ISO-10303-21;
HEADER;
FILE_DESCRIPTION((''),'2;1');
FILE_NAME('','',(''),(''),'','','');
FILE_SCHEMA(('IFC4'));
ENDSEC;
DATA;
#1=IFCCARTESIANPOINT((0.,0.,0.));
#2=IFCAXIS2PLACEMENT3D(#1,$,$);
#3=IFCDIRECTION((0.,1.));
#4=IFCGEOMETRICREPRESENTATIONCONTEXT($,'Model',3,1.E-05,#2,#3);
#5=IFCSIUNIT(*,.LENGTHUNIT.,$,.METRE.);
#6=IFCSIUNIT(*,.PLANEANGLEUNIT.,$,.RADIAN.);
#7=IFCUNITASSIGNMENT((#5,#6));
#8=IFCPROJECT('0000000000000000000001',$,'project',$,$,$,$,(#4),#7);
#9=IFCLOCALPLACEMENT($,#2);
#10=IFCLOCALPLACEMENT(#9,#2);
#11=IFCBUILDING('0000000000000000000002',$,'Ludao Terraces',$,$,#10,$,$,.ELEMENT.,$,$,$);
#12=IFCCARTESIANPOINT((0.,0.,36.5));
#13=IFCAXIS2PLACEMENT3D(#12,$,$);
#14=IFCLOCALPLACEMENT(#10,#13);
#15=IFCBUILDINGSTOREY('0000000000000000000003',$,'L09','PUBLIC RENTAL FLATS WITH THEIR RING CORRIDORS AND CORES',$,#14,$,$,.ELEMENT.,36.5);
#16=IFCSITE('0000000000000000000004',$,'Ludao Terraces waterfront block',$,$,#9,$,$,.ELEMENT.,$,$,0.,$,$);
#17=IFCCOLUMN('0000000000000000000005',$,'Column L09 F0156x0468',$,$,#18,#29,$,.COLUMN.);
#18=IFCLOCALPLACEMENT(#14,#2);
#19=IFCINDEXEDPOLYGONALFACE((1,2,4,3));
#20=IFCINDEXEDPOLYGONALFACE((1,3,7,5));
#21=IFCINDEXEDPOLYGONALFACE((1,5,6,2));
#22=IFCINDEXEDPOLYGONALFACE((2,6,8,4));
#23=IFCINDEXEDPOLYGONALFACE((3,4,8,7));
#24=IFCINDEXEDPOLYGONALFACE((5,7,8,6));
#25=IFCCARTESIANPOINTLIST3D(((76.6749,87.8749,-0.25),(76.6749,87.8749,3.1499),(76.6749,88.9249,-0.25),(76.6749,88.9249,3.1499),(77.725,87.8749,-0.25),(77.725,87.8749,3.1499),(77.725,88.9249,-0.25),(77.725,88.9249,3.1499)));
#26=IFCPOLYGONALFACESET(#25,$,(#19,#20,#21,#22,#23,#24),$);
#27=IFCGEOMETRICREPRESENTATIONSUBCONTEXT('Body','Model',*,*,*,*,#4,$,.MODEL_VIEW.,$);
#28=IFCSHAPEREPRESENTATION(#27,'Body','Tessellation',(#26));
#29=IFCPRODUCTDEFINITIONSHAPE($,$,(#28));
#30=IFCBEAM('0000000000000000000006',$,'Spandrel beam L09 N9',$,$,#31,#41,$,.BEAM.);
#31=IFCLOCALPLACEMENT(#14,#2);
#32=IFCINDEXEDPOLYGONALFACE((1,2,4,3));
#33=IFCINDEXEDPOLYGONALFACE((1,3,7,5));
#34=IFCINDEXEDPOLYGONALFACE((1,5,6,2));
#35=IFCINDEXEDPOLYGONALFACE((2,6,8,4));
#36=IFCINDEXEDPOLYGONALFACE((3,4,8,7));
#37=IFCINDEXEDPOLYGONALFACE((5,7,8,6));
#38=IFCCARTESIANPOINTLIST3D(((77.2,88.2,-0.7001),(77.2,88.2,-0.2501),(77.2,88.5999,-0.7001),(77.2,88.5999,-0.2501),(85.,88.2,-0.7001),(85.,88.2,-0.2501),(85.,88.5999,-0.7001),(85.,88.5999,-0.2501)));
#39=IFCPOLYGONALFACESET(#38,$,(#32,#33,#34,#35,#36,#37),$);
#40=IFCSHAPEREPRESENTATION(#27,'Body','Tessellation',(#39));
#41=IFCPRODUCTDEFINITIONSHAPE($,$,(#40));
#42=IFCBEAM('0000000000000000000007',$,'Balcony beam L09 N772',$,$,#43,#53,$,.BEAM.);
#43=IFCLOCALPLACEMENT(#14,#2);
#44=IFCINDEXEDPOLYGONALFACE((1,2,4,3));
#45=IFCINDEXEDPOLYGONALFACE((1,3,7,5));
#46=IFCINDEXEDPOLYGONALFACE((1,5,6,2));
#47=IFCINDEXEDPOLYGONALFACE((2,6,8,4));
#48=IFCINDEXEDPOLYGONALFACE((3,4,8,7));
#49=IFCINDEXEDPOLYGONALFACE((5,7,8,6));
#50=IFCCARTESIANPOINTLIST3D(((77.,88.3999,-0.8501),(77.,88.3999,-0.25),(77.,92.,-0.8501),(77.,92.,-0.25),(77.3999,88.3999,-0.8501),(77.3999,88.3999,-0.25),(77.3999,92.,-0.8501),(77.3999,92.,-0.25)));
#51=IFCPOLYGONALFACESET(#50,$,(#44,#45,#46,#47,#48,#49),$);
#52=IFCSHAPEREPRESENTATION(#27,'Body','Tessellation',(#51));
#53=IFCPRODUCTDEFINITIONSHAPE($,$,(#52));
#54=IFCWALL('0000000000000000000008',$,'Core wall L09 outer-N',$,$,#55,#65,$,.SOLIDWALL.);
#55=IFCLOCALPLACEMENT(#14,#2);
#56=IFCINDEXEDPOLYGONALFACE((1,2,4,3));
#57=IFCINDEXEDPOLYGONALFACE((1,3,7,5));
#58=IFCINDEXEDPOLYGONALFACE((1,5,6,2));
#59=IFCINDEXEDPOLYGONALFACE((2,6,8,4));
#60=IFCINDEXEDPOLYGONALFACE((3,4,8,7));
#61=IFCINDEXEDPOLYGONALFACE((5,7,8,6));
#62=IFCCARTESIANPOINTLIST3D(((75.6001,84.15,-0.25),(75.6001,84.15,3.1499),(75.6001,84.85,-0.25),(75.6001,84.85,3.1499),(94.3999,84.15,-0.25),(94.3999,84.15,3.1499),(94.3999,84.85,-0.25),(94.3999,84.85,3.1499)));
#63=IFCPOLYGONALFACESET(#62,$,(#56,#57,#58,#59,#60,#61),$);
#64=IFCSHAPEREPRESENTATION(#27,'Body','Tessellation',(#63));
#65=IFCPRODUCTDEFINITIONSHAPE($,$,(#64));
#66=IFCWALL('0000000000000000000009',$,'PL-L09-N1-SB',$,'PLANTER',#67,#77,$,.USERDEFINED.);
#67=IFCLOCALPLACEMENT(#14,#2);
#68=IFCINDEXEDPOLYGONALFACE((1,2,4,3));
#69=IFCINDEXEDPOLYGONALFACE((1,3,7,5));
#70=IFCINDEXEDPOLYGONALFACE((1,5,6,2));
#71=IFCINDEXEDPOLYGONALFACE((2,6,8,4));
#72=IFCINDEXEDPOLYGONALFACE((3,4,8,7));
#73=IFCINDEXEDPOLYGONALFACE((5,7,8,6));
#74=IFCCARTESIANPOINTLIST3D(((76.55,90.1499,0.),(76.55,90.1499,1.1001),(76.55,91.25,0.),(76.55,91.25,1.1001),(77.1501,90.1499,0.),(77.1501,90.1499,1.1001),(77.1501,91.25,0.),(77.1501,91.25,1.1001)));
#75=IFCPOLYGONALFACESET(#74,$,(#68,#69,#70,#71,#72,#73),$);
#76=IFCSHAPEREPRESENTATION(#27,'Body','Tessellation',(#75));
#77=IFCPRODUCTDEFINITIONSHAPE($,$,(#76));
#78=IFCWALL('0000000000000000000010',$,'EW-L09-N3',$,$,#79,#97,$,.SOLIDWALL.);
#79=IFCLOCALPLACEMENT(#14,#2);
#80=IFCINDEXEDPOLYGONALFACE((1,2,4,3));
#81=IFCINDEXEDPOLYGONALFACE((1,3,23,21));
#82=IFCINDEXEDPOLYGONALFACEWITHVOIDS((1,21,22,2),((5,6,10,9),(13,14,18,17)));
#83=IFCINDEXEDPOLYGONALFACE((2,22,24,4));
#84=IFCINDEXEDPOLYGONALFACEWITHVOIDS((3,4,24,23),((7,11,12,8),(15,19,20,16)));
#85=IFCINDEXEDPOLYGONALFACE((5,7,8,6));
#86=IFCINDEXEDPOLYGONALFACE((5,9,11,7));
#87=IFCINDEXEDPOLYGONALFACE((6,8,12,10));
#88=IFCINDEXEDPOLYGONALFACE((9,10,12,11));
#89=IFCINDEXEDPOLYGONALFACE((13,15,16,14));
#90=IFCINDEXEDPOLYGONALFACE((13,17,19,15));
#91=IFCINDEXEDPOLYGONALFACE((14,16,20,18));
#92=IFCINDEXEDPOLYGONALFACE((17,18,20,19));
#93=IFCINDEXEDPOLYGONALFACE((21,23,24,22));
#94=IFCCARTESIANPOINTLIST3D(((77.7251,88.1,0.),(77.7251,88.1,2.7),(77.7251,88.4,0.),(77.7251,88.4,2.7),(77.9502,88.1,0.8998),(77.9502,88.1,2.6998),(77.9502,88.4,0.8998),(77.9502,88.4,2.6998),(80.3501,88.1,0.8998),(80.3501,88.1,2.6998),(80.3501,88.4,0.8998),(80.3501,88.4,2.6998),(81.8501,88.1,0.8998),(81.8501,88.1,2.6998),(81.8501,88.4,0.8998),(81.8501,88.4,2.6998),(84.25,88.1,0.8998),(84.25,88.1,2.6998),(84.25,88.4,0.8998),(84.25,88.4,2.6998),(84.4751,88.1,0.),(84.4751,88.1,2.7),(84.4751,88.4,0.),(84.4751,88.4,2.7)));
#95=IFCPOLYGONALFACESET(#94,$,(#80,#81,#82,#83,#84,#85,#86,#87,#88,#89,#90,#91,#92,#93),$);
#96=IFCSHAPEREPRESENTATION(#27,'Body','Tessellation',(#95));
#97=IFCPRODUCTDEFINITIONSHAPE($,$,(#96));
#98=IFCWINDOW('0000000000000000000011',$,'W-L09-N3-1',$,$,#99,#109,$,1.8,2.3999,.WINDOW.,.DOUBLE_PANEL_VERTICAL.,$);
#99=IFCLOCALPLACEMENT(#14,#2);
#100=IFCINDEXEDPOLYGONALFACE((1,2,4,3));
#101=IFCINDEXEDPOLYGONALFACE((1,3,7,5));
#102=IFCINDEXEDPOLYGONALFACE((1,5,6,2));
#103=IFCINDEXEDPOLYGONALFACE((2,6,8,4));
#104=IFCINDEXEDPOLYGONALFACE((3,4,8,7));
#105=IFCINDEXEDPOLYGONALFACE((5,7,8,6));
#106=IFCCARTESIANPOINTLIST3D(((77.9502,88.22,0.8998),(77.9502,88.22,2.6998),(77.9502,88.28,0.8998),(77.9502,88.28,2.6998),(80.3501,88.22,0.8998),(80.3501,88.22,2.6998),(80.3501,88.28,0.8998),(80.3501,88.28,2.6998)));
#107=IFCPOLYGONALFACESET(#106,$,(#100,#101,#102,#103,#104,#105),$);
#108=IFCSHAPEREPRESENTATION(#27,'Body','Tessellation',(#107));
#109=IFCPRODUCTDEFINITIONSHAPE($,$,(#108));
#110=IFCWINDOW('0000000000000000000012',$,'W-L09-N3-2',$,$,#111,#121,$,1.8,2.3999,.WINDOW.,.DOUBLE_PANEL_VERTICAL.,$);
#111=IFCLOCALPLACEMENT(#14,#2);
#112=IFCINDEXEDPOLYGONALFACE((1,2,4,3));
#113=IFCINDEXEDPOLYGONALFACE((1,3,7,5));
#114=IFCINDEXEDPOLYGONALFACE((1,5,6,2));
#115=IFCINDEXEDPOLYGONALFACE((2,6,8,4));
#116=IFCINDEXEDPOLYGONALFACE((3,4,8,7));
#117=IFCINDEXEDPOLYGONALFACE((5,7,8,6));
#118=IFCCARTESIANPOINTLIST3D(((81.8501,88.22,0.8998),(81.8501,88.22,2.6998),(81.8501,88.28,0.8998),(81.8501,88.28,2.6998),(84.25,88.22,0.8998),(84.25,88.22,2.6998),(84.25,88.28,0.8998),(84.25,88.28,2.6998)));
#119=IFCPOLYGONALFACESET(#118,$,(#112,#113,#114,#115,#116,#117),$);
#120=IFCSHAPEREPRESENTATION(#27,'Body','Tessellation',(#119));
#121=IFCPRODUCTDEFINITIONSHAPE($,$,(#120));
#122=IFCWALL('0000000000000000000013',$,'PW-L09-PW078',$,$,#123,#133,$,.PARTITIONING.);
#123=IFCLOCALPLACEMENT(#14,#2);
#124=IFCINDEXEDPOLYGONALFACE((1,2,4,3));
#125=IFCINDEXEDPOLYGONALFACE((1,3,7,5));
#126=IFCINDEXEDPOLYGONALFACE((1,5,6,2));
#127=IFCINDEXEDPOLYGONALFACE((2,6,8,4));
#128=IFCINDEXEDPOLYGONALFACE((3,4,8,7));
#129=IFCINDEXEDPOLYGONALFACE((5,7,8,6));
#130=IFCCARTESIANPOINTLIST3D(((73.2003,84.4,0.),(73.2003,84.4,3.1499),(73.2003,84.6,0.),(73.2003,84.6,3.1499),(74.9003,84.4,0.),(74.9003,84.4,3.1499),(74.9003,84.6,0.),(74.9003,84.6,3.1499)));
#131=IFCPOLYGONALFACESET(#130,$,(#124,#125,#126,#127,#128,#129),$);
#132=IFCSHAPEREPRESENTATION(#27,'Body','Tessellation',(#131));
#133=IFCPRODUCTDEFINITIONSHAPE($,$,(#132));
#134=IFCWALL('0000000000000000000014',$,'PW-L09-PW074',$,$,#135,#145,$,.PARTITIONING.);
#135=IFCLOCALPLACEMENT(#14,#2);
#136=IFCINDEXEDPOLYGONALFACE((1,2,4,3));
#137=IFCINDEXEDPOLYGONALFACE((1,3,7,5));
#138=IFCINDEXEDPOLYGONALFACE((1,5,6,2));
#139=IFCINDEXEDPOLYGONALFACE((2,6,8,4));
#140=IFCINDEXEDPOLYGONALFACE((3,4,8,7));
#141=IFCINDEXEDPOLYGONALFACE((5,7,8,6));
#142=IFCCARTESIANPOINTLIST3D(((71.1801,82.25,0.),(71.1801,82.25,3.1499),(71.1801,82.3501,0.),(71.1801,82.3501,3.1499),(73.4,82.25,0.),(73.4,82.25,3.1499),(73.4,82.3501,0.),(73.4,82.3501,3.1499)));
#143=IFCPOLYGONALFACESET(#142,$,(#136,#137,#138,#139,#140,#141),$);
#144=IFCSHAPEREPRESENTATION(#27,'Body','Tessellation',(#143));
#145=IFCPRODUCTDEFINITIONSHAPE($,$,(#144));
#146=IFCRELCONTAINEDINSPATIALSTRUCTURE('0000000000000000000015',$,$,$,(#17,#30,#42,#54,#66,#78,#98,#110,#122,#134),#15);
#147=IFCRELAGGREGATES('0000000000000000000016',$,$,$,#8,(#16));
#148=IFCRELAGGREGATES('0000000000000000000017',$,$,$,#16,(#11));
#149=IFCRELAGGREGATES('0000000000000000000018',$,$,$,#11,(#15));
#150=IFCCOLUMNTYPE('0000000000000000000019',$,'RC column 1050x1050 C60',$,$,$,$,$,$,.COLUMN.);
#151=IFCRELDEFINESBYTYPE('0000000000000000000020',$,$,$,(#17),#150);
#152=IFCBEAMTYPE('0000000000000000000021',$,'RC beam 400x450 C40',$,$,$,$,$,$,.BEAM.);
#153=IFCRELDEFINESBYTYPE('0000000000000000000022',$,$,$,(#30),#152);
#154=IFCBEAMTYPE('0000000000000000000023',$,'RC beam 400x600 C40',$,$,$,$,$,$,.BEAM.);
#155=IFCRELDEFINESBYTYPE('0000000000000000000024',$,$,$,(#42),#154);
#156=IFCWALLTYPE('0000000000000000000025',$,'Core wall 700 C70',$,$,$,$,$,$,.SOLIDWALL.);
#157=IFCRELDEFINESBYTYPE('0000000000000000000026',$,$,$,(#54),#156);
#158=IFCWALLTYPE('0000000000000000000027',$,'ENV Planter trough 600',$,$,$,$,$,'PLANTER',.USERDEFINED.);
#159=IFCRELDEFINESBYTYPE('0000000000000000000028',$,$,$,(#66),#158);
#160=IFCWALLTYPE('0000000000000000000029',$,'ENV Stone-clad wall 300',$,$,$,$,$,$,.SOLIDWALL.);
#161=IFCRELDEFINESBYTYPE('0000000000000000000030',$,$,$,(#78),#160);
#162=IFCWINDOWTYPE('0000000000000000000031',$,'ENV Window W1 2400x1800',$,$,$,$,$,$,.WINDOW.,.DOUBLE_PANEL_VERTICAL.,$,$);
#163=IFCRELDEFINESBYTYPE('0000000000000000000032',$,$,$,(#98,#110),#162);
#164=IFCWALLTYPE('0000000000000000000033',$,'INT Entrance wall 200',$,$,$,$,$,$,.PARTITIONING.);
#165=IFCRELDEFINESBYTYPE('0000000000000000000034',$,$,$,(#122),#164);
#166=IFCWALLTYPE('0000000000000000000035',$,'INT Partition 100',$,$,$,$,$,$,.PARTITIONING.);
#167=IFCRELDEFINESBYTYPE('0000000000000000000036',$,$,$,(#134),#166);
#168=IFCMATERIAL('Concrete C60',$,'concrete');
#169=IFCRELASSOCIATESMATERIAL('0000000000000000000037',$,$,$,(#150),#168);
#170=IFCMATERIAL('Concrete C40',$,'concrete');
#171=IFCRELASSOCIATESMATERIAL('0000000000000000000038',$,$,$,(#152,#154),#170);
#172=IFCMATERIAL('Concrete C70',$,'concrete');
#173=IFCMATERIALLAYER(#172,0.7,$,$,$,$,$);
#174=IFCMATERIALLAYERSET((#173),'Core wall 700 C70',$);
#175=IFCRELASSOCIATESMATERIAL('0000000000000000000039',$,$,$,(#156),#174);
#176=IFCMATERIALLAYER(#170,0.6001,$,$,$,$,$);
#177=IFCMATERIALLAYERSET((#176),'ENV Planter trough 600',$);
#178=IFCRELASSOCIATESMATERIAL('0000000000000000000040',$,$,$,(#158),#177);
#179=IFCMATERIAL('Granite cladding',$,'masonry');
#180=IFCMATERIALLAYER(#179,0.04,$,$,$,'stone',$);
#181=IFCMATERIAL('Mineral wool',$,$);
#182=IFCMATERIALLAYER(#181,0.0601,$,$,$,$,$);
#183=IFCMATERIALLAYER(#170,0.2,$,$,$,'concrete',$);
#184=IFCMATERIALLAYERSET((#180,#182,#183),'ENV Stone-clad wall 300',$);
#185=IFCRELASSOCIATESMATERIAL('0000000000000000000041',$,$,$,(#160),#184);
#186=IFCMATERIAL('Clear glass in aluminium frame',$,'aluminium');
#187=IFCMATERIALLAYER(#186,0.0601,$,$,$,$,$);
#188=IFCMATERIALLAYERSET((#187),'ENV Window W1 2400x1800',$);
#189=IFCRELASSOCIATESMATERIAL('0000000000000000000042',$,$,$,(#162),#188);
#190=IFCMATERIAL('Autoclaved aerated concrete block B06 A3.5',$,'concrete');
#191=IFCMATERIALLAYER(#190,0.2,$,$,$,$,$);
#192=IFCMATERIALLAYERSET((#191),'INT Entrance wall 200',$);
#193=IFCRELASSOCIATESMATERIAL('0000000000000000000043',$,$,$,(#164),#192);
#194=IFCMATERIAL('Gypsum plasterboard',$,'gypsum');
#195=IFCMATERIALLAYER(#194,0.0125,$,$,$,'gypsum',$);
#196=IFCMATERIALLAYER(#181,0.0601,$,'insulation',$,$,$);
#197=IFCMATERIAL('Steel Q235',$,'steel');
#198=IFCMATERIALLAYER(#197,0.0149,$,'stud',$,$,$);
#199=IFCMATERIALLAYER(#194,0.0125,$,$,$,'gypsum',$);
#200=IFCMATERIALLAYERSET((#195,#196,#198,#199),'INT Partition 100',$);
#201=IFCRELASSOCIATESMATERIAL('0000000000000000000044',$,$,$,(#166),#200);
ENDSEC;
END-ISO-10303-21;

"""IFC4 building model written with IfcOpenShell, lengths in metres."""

from ifc_helpers import new_model, si_unit, direction, frame, frame_2d, origin, origin_2d, place, context, subcontext, project, spatial, rectangle, extrude, material, layer, layer_set, material_profile, profile_set, type_object, element, fill, save


model = new_model("IFC4")

# Units and contexts
model_context = context("Model", 3, precision=1e-05, world=origin(), true_north=direction((0.0, 1.0)))
body_context = subcontext(model_context, "Body", "Model", "MODEL_VIEW")
ifc_project = project(units=[si_unit("LENGTHUNIT", "METRE"), si_unit("PLANEANGLEUNIT", "RADIAN")], contexts=[model_context])

# Site, building, storey
site_placement = place(None, origin())
site = spatial("IfcSite", under=ifc_project, at=site_placement, Name="Ludao Terraces waterfront block", CompositionType="ELEMENT", RefElevation=0.0)
building_placement = place(site_placement, origin())
building = spatial("IfcBuilding", under=site, at=building_placement, Name="Ludao Terraces", CompositionType="ELEMENT")
storey_placement = place(building_placement, frame((0.0, 0.0, 36.5)))
storey = spatial("IfcBuildingStorey", under=building, at=storey_placement, Name="L09", Description="PUBLIC RENTAL FLATS WITH THEIR RING CORRIDORS AND CORES", CompositionType="ELEMENT", Elevation=36.5)

# Column
ifc_material_1 = material(Name="Concrete C60", Category="concrete")
ifc_material_profile_1 = material_profile(ifc_material_1, rectangle(XDim=1.05, YDim=1.05, at=origin_2d()), Name="1050 X 1050")
ifc_profile_set_1 = profile_set([ifc_material_profile_1], Name="Concrete C60")
column_type = type_object("IfcColumnType", Name="RC column 1050x1050 C60", PredefinedType="COLUMN", material=ifc_profile_set_1)
column_placement = place(storey_placement, frame((77.2, 88.3999, -0.25), z_axis=(0.0, 0.0, 1.0), x_axis=(1.0, 0.0, 0.0)))
element("IfcColumn", 1, at=column_placement, inside=storey, type_object=column_type, Name="Column L09 F0156x0468", PredefinedType="COLUMN", context=body_context, shape_type="SweptSolid", body=[
    extrude(rectangle(XDim=1.05, YDim=1.05, at=origin_2d()), origin(), (0.0, 0.0, 1.0), 3.3999),
])

# Beams
ifc_material_2 = material(Name="Concrete C40", Category="concrete")
ifc_material_profile_2 = material_profile(ifc_material_2, rectangle(XDim=0.3999, YDim=0.45, at=origin_2d()), Name="400 X 450")
ifc_profile_set_2 = profile_set([ifc_material_profile_2], Name="Concrete C40")
beam_type_1 = type_object("IfcBeamType", Name="RC beam 400x450 C40", PredefinedType="BEAM", material=ifc_profile_set_2)
beam_1_placement = place(storey_placement, frame((77.2, 88.3999, -0.4751), z_axis=(1.0, 0.0, 0.0), x_axis=(0.0, 1.0, 0.0)))
element("IfcBeam", 2, at=beam_1_placement, inside=storey, type_object=beam_type_1, Name="Spandrel beam L09 N9", PredefinedType="BEAM", context=body_context, shape_type="SweptSolid", body=[
    extrude(rectangle(XDim=0.3999, YDim=0.45, at=origin_2d()), origin(), (0.0, 0.0, 1.0), 7.8),
])
ifc_material_profile_3 = material_profile(ifc_material_2, rectangle(XDim=0.3999, YDim=0.6001, at=origin_2d()), Name="400 X 600")
ifc_profile_set_3 = profile_set([ifc_material_profile_3], Name="Concrete C40")
beam_type_2 = type_object("IfcBeamType", Name="RC beam 400x600 C40", PredefinedType="BEAM", material=ifc_profile_set_3)
beam_2_placement = place(storey_placement, frame((77.2, 88.3999, -0.55), z_axis=(0.0, 1.0, 0.0), x_axis=(-1.0, 0.0, 0.0)))
element("IfcBeam", 3, at=beam_2_placement, inside=storey, type_object=beam_type_2, Name="Balcony beam L09 N772", PredefinedType="BEAM", context=body_context, shape_type="SweptSolid", body=[
    extrude(rectangle(XDim=0.3999, YDim=0.6001, at=origin_2d()), origin(), (0.0, 0.0, 1.0), 3.6001),
])

# Walls
ifc_material_3 = material(Name="Concrete C70", Category="concrete")
ifc_layer_1 = layer(ifc_material_3, 0.7)
ifc_layer_set_1 = layer_set([ifc_layer_1], Name="Core wall 700 C70")
wall_type_1 = type_object("IfcWallType", Name="Core wall 700 C70", PredefinedType="SOLIDWALL", material=ifc_layer_set_1)
wall_1_placement = place(storey_placement, frame((75.6001, 84.5, -0.25), z_axis=(0.0, 0.0, 1.0), x_axis=(1.0, 0.0, 0.0)))
element("IfcWall", 4, at=wall_1_placement, inside=storey, type_object=wall_type_1, Name="Core wall L09 outer-N", PredefinedType="SOLIDWALL", context=body_context, shape_type="SweptSolid", body=[
    extrude(rectangle(XDim=18.7998, YDim=0.7, at=frame_2d((9.3999, 0.0))), origin(), (0.0, 0.0, 1.0), 3.3999),
])
ifc_layer_2 = layer(ifc_material_2, 0.6001)
ifc_layer_set_2 = layer_set([ifc_layer_2], Name="ENV Planter trough 600")
wall_type_2 = type_object("IfcWallType", Name="ENV Planter trough 600", ElementType="PLANTER", PredefinedType="USERDEFINED", material=ifc_layer_set_2)
wall_2_placement = place(storey_placement, frame((76.8501, 91.25, 0.0), z_axis=(0.0, 0.0, 1.0), x_axis=(0.0, -1.0, 0.0)))
element("IfcWall", 5, at=wall_2_placement, inside=storey, type_object=wall_type_2, Name="PL-L09-N1-SB", ObjectType="PLANTER", PredefinedType="USERDEFINED", context=body_context, shape_type="SweptSolid", body=[
    extrude(rectangle(XDim=1.1001, YDim=0.6001, at=frame_2d((0.55, 0.0))), origin(), (0.0, 0.0, 1.0), 1.1001),
])

# Shared definitions
ifc_material_4 = material(Name="Granite cladding", Category="masonry")
ifc_layer_3 = layer(ifc_material_4, 0.04, Category="stone")
ifc_material_5 = material(Name="Mineral wool")
ifc_layer_4 = layer(ifc_material_5, 0.0601)
ifc_layer_5 = layer(ifc_material_2, 0.2, Category="concrete")
ifc_layer_set_3 = layer_set([ifc_layer_3, ifc_layer_4, ifc_layer_5], Name="ENV Stone-clad wall 300")
wall_type_3 = type_object("IfcWallType", Name="ENV Stone-clad wall 300", PredefinedType="SOLIDWALL", material=ifc_layer_set_3)
ifc_material_6 = material(Name="Clear glass in aluminium frame", Category="aluminium")
ifc_layer_6 = layer(ifc_material_6, 0.0601)
ifc_layer_set_4 = layer_set([ifc_layer_6], Name="ENV Window W1 2400x1800")
window_type = type_object("IfcWindowType", Name="ENV Window W1 2400x1800", PartitioningType="DOUBLE_PANEL_VERTICAL", PredefinedType="WINDOW", material=ifc_layer_set_4)

# Wall, openings, windows
wall_3_placement = place(storey_placement, frame((77.7251, 88.25, 0.0), z_axis=(0.0, 0.0, 1.0), x_axis=(1.0, 0.0, 0.0)))
wall_3 = element("IfcWall", 6, at=wall_3_placement, inside=storey, type_object=wall_type_3, Name="EW-L09-N3", PredefinedType="SOLIDWALL", context=body_context, shape_type="SweptSolid", body=[
    extrude(rectangle(XDim=6.75, YDim=0.3, at=frame_2d((3.375, 0.0))), origin(), (0.0, 0.0, 1.0), 2.7),
])
opening_1_placement = place(wall_3_placement, frame((0.2251, 0.0, 0.8999)))
opening_1 = element("IfcOpeningElement", 7, at=opening_1_placement, cuts=wall_3, PredefinedType="OPENING", context=body_context, shape_type="SweptSolid", body=[
    extrude(rectangle(XDim=2.3999, YDim=1.8, at=frame_2d((1.2, 0.8999))), frame((0.0, 0.1602, 0.0), z_axis=(0.0, -1.0, 0.0), x_axis=(1.0, 0.0, 0.0)), (0.0, 0.0, 1.0), 0.3201),
])
opening_2_placement = place(wall_3_placement, frame((4.125, 0.0, 0.8999)))
opening_2 = element("IfcOpeningElement", 8, at=opening_2_placement, cuts=wall_3, PredefinedType="OPENING", context=body_context, shape_type="SweptSolid", body=[
    extrude(rectangle(XDim=2.3999, YDim=1.8, at=frame_2d((1.2, 0.8999))), frame((0.0, 0.1602, 0.0), z_axis=(0.0, -1.0, 0.0), x_axis=(1.0, 0.0, 0.0)), (0.0, 0.0, 1.0), 0.3201),
])
window_1_placement = place(opening_1_placement, origin())
window_1 = element("IfcWindow", 9, at=window_1_placement, inside=storey, type_object=window_type, Name="W-L09-N3-1", OverallHeight=1.8, OverallWidth=2.3999, PartitioningType="DOUBLE_PANEL_VERTICAL", PredefinedType="WINDOW", context=body_context, shape_type="SweptSolid", body=[
    extrude(rectangle(XDim=2.3999, YDim=1.8, at=frame_2d((1.2, 0.8999))), frame((0.0, 0.03, 0.0), z_axis=(0.0, -1.0, 0.0), x_axis=(1.0, 0.0, 0.0)), (0.0, 0.0, 1.0), 0.0601),
])
fill(opening_1, window_1)
window_2_placement = place(opening_2_placement, origin())
window_2 = element("IfcWindow", 10, at=window_2_placement, inside=storey, type_object=window_type, Name="W-L09-N3-2", OverallHeight=1.8, OverallWidth=2.3999, PartitioningType="DOUBLE_PANEL_VERTICAL", PredefinedType="WINDOW", context=body_context, shape_type="SweptSolid", body=[
    extrude(rectangle(XDim=2.3999, YDim=1.8, at=frame_2d((1.2, 0.8999))), frame((0.0, 0.03, 0.0), z_axis=(0.0, -1.0, 0.0), x_axis=(1.0, 0.0, 0.0)), (0.0, 0.0, 1.0), 0.0601),
])
fill(opening_2, window_2)

# Walls
ifc_material_7 = material(Name="Autoclaved aerated concrete block B06 A3.5", Category="concrete")
ifc_layer_7 = layer(ifc_material_7, 0.2)
ifc_layer_set_5 = layer_set([ifc_layer_7], Name="INT Entrance wall 200")
wall_type_4 = type_object("IfcWallType", Name="INT Entrance wall 200", PredefinedType="PARTITIONING", material=ifc_layer_set_5)
wall_4_placement = place(storey_placement, frame((73.2002, 84.5, 0.0), z_axis=(0.0, 0.0, 1.0), x_axis=(1.0, 0.0, 0.0)))
element("IfcWall", 11, at=wall_4_placement, inside=storey, type_object=wall_type_4, Name="PW-L09-PW078", PredefinedType="PARTITIONING", context=body_context, shape_type="SweptSolid", body=[
    extrude(rectangle(XDim=1.7, YDim=0.2, at=frame_2d((0.8501, 0.0))), origin(), (0.0, 0.0, 1.0), 3.1499),
])
ifc_material_8 = material(Name="Gypsum plasterboard", Category="gypsum")
ifc_layer_8 = layer(ifc_material_8, 0.0125, Category="gypsum")
ifc_layer_9 = layer(ifc_material_5, 0.0601, Name="insulation")
ifc_material_9 = material(Name="Steel Q235", Category="steel")
ifc_layer_10 = layer(ifc_material_9, 0.0149, Name="stud")
ifc_layer_11 = layer(ifc_material_8, 0.0125, Category="gypsum")
ifc_layer_set_6 = layer_set([ifc_layer_8, ifc_layer_9, ifc_layer_10, ifc_layer_11], Name="INT Partition 100")
wall_type_5 = type_object("IfcWallType", Name="INT Partition 100", PredefinedType="PARTITIONING", material=ifc_layer_set_6)
wall_5_placement = place(storey_placement, frame((71.1802, 82.3, 0.0), z_axis=(0.0, 0.0, 1.0), x_axis=(1.0, 0.0, 0.0)))
element("IfcWall", 12, at=wall_5_placement, inside=storey, type_object=wall_type_5, Name="PW-L09-PW074", PredefinedType="PARTITIONING", context=body_context, shape_type="SweptSolid", body=[
    extrude(rectangle(XDim=2.22, YDim=0.1001, at=frame_2d((1.1099, 0.0))), origin(), (0.0, 0.0, 1.0), 3.1499),
])

save(model, "model.ifc")
